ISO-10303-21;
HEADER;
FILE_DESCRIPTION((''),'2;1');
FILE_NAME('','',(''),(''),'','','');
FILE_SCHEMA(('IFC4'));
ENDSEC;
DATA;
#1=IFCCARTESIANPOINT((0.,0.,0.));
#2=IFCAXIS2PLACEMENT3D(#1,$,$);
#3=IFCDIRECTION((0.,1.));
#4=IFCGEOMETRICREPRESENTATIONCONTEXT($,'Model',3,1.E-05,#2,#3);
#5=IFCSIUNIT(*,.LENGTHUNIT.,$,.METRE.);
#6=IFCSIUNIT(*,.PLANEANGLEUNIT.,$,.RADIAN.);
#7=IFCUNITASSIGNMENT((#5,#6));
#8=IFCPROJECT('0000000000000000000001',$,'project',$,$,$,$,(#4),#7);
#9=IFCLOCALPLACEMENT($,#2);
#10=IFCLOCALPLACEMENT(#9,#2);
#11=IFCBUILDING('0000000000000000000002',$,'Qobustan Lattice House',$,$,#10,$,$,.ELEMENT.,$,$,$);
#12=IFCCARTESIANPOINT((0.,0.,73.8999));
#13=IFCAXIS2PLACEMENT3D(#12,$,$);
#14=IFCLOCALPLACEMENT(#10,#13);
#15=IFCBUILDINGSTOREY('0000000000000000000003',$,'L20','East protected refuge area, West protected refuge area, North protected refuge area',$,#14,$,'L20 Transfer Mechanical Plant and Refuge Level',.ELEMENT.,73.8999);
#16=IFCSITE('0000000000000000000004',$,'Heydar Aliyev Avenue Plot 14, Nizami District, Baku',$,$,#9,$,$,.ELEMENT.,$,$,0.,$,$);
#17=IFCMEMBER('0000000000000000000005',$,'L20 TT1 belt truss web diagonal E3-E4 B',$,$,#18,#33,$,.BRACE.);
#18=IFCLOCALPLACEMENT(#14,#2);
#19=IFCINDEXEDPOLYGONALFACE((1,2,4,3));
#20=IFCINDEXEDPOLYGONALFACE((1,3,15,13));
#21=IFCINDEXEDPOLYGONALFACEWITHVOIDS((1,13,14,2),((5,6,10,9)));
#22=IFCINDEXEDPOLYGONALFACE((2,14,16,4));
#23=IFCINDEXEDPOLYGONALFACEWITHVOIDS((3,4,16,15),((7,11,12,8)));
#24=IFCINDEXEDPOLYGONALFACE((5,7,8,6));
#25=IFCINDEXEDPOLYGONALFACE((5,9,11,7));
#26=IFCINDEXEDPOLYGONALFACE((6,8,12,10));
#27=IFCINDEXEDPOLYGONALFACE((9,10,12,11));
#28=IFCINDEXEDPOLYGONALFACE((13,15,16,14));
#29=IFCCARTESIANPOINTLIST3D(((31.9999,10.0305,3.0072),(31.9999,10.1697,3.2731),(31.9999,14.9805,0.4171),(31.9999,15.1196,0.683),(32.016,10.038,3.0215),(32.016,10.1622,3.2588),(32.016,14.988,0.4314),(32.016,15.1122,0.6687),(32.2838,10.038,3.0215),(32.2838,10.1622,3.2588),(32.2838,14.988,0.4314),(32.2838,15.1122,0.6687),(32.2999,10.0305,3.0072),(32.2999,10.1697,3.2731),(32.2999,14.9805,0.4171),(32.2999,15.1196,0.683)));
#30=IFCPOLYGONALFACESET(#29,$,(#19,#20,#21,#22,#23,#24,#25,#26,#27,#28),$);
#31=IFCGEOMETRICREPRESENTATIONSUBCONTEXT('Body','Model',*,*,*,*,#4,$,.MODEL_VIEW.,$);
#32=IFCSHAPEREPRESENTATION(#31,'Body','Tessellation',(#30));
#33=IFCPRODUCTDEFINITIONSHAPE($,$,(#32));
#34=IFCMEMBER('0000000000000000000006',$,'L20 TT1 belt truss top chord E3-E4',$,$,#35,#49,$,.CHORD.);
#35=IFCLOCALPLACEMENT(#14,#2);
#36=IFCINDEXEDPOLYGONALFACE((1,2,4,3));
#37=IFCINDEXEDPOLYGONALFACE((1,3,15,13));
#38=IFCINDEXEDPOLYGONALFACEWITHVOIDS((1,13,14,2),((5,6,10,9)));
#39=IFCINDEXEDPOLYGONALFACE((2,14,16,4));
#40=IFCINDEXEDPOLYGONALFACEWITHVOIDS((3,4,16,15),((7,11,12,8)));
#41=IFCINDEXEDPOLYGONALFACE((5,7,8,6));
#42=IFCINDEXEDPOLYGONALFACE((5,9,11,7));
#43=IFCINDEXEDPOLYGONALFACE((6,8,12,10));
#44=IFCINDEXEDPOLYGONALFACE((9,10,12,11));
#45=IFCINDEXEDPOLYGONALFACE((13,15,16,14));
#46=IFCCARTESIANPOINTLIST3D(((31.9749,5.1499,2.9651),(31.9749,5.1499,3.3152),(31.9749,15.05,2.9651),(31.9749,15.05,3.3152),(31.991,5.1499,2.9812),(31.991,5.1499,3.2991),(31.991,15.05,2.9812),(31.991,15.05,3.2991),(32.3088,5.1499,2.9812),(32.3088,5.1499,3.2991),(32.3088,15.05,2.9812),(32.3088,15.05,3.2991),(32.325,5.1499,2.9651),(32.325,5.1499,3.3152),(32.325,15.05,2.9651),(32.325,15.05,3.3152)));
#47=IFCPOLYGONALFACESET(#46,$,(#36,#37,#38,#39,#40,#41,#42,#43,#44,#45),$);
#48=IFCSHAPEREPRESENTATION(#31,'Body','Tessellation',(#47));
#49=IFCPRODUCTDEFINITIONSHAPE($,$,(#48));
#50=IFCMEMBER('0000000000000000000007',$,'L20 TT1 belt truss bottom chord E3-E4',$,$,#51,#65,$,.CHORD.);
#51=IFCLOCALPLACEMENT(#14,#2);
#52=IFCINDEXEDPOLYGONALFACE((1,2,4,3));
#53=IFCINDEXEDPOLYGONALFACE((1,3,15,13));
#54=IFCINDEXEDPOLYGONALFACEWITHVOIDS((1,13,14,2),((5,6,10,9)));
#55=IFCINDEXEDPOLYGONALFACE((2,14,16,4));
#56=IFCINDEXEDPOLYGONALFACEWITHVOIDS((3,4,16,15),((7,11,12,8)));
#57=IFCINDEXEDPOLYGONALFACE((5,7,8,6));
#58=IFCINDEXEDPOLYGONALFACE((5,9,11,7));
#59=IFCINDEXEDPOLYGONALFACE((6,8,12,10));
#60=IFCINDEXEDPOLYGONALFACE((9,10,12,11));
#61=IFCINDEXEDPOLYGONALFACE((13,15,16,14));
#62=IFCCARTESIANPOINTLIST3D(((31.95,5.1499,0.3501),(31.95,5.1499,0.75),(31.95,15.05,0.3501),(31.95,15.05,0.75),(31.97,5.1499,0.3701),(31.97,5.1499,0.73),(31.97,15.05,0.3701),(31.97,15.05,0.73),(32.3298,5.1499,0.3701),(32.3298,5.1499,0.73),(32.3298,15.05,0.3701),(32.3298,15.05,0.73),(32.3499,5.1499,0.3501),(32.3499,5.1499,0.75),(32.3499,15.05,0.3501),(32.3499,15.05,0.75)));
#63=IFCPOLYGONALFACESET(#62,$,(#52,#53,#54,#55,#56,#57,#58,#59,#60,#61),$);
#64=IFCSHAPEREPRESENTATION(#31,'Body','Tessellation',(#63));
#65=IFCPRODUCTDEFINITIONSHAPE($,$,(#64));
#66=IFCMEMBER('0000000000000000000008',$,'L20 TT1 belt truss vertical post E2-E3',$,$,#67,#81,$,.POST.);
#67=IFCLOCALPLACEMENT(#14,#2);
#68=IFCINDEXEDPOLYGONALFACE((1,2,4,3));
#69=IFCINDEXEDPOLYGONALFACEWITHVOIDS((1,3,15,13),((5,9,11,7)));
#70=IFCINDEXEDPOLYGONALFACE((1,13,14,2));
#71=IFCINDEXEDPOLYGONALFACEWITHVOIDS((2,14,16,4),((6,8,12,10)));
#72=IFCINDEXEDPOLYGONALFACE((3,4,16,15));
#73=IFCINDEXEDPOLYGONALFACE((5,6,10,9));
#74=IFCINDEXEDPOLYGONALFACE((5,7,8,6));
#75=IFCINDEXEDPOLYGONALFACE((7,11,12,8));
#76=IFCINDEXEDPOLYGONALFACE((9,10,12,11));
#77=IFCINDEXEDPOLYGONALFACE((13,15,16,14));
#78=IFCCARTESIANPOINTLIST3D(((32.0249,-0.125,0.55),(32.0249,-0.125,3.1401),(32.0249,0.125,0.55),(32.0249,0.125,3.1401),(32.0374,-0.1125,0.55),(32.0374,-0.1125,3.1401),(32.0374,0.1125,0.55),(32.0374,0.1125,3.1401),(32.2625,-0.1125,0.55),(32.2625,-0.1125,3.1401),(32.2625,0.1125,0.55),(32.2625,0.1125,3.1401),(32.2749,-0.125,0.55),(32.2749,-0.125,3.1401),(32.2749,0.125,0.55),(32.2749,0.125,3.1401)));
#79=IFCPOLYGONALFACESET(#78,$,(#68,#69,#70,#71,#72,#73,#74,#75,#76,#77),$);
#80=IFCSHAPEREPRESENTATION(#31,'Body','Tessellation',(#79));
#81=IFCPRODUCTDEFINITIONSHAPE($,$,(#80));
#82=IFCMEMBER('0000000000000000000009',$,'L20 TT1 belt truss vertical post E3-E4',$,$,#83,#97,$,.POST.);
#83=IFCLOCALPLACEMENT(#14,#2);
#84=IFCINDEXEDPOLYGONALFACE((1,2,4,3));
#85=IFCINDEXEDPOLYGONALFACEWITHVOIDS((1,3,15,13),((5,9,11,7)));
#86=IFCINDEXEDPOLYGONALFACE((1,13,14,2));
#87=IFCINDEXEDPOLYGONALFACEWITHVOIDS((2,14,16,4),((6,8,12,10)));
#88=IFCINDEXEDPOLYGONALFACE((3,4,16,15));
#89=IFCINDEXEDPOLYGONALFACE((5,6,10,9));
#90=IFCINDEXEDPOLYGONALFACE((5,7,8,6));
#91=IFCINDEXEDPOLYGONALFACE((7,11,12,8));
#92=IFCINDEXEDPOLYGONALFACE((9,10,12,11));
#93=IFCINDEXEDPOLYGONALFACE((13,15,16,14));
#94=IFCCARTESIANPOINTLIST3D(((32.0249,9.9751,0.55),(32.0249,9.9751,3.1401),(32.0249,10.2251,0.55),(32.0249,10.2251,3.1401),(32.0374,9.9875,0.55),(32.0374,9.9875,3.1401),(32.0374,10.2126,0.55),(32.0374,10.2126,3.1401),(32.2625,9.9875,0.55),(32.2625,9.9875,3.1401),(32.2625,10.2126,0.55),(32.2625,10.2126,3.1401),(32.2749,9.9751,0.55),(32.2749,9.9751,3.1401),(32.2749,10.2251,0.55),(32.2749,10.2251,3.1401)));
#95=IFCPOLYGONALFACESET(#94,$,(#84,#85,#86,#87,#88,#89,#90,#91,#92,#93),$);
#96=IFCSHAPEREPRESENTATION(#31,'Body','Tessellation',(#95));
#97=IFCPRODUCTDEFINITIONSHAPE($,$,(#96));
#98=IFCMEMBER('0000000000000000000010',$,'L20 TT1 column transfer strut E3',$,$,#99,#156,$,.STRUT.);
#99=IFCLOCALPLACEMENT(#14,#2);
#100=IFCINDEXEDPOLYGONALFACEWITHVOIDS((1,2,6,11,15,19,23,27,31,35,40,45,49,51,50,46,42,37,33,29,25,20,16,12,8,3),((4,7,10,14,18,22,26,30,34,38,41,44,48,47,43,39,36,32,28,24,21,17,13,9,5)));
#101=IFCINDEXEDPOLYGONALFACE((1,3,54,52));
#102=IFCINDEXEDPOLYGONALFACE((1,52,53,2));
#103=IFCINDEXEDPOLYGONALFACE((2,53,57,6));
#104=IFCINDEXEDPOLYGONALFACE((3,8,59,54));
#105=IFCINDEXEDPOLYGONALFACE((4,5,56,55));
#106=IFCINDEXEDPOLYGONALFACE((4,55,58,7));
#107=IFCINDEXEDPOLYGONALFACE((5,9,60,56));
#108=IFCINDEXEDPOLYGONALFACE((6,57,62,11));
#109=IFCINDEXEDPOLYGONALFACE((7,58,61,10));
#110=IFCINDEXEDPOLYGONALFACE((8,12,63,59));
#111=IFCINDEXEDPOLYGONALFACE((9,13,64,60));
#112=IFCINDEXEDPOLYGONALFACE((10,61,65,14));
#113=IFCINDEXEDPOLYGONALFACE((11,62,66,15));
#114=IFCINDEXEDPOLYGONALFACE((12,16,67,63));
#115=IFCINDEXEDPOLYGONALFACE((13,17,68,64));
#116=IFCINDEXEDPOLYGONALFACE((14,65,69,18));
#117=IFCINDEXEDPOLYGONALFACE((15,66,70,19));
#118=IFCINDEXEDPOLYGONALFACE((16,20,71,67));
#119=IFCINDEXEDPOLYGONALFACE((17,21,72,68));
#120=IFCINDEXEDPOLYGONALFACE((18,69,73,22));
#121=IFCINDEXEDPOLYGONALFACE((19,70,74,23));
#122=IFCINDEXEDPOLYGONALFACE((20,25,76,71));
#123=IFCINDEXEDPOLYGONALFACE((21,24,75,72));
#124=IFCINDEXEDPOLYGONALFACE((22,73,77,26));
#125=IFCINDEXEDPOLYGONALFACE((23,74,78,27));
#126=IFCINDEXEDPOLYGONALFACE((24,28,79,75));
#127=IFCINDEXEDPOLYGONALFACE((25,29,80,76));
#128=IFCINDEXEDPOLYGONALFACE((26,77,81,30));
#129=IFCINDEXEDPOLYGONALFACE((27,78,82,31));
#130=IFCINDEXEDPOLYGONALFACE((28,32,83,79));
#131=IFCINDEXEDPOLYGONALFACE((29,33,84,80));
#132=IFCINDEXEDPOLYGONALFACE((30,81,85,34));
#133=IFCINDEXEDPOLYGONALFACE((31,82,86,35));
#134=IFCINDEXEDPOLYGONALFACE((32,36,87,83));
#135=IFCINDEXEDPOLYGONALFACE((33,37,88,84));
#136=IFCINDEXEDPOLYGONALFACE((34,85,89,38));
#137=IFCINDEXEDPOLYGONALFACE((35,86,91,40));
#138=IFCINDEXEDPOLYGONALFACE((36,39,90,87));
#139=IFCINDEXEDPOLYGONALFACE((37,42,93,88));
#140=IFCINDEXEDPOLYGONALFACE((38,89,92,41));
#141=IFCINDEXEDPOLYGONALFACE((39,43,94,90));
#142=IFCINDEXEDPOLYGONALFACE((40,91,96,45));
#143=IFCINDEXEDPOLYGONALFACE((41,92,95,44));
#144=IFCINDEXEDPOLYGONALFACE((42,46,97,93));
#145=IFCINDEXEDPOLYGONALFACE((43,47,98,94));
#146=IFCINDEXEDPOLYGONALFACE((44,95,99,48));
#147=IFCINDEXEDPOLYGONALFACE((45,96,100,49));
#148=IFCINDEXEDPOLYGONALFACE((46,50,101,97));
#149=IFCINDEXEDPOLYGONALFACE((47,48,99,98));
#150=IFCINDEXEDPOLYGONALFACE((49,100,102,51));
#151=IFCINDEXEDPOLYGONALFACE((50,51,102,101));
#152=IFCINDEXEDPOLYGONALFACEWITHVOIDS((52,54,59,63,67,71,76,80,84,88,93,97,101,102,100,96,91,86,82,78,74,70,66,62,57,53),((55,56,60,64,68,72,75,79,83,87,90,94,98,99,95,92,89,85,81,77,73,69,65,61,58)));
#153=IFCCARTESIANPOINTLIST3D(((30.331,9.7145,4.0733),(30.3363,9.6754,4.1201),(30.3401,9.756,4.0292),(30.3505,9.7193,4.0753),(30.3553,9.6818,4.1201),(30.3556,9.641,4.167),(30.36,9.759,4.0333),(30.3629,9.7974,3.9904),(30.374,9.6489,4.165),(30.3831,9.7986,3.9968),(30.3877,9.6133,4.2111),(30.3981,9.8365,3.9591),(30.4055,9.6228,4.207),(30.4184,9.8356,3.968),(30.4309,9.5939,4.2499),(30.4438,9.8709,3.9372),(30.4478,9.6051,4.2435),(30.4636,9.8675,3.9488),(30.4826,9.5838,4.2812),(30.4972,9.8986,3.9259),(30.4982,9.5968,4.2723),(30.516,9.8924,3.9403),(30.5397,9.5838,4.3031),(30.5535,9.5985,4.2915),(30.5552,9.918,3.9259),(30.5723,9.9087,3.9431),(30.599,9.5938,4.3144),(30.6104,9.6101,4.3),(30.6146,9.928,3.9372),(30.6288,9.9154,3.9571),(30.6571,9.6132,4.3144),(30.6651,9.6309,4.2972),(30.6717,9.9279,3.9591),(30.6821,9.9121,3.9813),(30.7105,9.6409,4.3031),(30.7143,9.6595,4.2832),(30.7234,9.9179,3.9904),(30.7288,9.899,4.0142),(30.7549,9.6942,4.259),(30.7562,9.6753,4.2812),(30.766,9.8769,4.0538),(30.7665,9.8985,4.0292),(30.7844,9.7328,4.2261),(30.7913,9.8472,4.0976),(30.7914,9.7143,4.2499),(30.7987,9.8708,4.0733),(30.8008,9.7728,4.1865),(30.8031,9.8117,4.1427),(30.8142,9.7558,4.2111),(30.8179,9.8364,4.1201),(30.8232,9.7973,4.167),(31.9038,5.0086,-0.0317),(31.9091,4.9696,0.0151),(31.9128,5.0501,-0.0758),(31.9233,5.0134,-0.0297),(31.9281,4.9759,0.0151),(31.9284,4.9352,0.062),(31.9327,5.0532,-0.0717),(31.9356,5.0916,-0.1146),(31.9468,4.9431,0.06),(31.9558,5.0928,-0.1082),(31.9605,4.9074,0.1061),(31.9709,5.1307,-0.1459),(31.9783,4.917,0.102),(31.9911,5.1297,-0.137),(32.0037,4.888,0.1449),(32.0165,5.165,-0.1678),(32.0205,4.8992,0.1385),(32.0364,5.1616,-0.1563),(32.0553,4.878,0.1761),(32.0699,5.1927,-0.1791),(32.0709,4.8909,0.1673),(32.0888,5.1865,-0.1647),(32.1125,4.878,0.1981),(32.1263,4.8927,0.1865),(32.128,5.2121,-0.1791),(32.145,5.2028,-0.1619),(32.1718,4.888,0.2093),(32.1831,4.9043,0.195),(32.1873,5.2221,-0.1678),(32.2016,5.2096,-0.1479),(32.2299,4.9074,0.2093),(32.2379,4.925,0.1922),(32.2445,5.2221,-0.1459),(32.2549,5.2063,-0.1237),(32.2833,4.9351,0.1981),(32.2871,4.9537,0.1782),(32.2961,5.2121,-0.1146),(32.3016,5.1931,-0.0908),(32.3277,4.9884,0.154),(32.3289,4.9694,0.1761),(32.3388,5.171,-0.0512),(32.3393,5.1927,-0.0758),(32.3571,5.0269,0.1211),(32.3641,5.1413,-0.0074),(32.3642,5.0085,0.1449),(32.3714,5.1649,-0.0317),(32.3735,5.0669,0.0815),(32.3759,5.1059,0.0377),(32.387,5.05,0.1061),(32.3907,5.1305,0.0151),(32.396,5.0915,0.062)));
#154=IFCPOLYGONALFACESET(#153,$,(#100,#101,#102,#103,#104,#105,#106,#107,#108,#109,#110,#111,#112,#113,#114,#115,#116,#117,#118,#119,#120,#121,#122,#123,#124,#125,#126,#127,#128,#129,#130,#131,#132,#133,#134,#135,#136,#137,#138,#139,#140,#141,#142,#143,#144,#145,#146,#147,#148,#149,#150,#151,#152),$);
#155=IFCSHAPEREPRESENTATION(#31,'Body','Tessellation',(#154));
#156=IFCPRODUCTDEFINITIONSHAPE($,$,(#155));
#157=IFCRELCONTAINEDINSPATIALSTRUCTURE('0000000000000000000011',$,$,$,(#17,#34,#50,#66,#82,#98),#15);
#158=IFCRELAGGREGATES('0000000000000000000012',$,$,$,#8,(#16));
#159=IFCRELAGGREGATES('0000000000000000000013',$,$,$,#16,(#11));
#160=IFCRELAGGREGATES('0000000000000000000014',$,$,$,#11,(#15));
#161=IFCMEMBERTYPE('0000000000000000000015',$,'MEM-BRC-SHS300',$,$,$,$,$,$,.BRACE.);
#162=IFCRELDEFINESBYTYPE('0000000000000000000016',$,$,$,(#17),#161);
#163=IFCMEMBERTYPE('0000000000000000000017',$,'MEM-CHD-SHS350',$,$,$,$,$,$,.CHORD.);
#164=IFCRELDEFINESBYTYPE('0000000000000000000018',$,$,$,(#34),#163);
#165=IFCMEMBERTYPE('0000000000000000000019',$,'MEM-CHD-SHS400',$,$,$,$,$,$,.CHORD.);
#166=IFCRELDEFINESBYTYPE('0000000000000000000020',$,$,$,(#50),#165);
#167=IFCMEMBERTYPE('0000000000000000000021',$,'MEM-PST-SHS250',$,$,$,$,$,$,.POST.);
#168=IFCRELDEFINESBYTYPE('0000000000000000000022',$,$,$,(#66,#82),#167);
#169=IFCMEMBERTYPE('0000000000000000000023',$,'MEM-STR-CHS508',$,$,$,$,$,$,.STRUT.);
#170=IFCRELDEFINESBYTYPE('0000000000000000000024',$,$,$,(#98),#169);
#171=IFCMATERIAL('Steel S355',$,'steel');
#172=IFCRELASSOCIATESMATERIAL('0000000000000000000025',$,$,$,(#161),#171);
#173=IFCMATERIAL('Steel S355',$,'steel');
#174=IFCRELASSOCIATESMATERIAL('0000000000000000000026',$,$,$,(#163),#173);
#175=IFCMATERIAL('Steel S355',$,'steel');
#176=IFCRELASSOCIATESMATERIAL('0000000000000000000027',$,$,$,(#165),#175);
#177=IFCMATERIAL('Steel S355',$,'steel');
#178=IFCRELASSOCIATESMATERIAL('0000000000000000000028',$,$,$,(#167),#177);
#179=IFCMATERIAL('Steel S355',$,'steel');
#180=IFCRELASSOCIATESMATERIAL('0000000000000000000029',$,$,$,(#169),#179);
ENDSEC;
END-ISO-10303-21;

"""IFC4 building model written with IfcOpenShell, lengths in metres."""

from ifc_helpers import new_model, si_unit, direction, frame, origin, origin_2d, place, context, subcontext, project, spatial, hollow_rectangle, hollow_circle, extrude, material, material_profile, profile_set, type_object, element, save


model = new_model("IFC4")

# Units and contexts
model_context = context("Model", 3, precision=1e-05, world=origin(), true_north=direction((0.0, 1.0)))
body_context = subcontext(model_context, "Body", "Model", "MODEL_VIEW")
ifc_project = project(units=[si_unit("LENGTHUNIT", "METRE"), si_unit("PLANEANGLEUNIT", "RADIAN")], contexts=[model_context])

# Site, building, storey
site_placement = place(None, origin())
site = spatial("IfcSite", under=ifc_project, at=site_placement, Name="Heydar Aliyev Avenue Plot 14, Nizami District, Baku", CompositionType="ELEMENT", RefElevation=0.0)
building_placement = place(site_placement, origin())
building = spatial("IfcBuilding", under=site, at=building_placement, Name="Qobustan Lattice House", CompositionType="ELEMENT")
storey_placement = place(building_placement, frame((0.0, 0.0, 73.8999)))
storey = spatial("IfcBuildingStorey", under=building, at=storey_placement, Name="L20", Description="East protected refuge area, West protected refuge area, North protected refuge area", LongName="L20 Transfer Mechanical Plant and Refuge Level", CompositionType="ELEMENT", Elevation=73.8999)

# Members
ifc_material_1 = material(Name="Steel S355", Category="steel")
ifc_material_profile_1 = material_profile(ifc_material_1, hollow_rectangle(XDim=0.3, YDim=0.3, WallThickness=0.0161, at=origin_2d()), Name="SHS300x300x16")
ifc_profile_set_1 = profile_set([ifc_material_profile_1], Name="Steel S355")
member_type_1 = type_object("IfcMemberType", Name="MEM-BRC-SHS300", PredefinedType="BRACE", material=ifc_profile_set_1)
member_1_placement = place(storey_placement, frame((32.1499, 10.1001, 3.1401), z_axis=(0.0, 0.886033, -0.463622), x_axis=(-1.0, 0.0, 0.0)))
element("IfcMember", 1, at=member_1_placement, inside=storey, type_object=member_type_1, Name="L20 TT1 belt truss web diagonal E3-E4 B", PredefinedType="BRACE", context=body_context, shape_type="SweptSolid", body=[
    extrude(hollow_rectangle(XDim=0.3, YDim=0.3, WallThickness=0.0161, at=origin_2d()), origin(), (0.0, 0.0, 1.0), 5.5867),
])
ifc_material_2 = material(Name="Steel S355", Category="steel")
ifc_material_profile_2 = material_profile(ifc_material_2, hollow_rectangle(XDim=0.3501, YDim=0.3501, WallThickness=0.0161, at=origin_2d()), Name="SHS350x350x16")
ifc_profile_set_2 = profile_set([ifc_material_profile_2], Name="Steel S355")
member_type_2 = type_object("IfcMemberType", Name="MEM-CHD-SHS350", PredefinedType="CHORD", material=ifc_profile_set_2)
member_2_placement = place(storey_placement, frame((32.1499, 5.1499, 3.1401), z_axis=(0.0, 1.0, 0.0), x_axis=(-1.0, 0.0, 0.0)))
element("IfcMember", 2, at=member_2_placement, inside=storey, type_object=member_type_2, Name="L20 TT1 belt truss top chord E3-E4", PredefinedType="CHORD", context=body_context, shape_type="SweptSolid", body=[
    extrude(hollow_rectangle(XDim=0.3501, YDim=0.3501, WallThickness=0.0161, at=origin_2d()), origin(), (0.0, 0.0, 1.0), 9.9001),
])
ifc_material_3 = material(Name="Steel S355", Category="steel")
ifc_material_profile_3 = material_profile(ifc_material_3, hollow_rectangle(XDim=0.3999, YDim=0.3999, WallThickness=0.02, at=origin_2d()), Name="SHS400x400x20")
ifc_profile_set_3 = profile_set([ifc_material_profile_3], Name="Steel S355")
member_type_3 = type_object("IfcMemberType", Name="MEM-CHD-SHS400", PredefinedType="CHORD", material=ifc_profile_set_3)
member_3_placement = place(storey_placement, frame((32.1499, 5.1499, 0.55), z_axis=(0.0, 1.0, 0.0), x_axis=(-1.0, 0.0, 0.0)))
element("IfcMember", 3, at=member_3_placement, inside=storey, type_object=member_type_3, Name="L20 TT1 belt truss bottom chord E3-E4", PredefinedType="CHORD", context=body_context, shape_type="SweptSolid", body=[
    extrude(hollow_rectangle(XDim=0.3999, YDim=0.3999, WallThickness=0.02, at=origin_2d()), origin(), (0.0, 0.0, 1.0), 9.9001),
])
ifc_material_4 = material(Name="Steel S355", Category="steel")
ifc_material_profile_4 = material_profile(ifc_material_4, hollow_rectangle(XDim=0.25, YDim=0.25, WallThickness=0.0125, at=origin_2d()), Name="SHS250x250x12.5")
ifc_profile_set_4 = profile_set([ifc_material_profile_4], Name="Steel S355")
member_type_4 = type_object("IfcMemberType", Name="MEM-PST-SHS250", PredefinedType="POST", material=ifc_profile_set_4)
for number, where, z_axis, x_axis, name in (
    (4, (32.1499, 0.0, 0.55), (0.0, 0.0, 1.0), (1.0, 0.0, 0.0), "L20 TT1 belt truss vertical post E2-E3"),
    (5, (32.1499, 10.1001, 0.55), (0.0, 0.0, 1.0), (1.0, 0.0, 0.0), "L20 TT1 belt truss vertical post E3-E4"),
):
    element("IfcMember", number, at=place(storey_placement, frame(where, z_axis=z_axis, x_axis=x_axis)), inside=storey, type_object=member_type_4, Name=name, PredefinedType="POST", context=body_context, shape_type="SweptSolid", body=[
        extrude(hollow_rectangle(XDim=0.25, YDim=0.25, WallThickness=0.0125, at=origin_2d()), origin(), (0.0, 0.0, 1.0), 2.5901),
    ])
ifc_material_5 = material(Name="Steel S355", Category="steel")
ifc_material_profile_5 = material_profile(ifc_material_5, hollow_circle(Radius=0.2539, WallThickness=0.02, at=origin_2d()), Name="CHS508x20")
ifc_profile_set_5 = profile_set([ifc_material_profile_5], Name="Steel S355")
member_type_5 = type_object("IfcMemberType", Name="MEM-STR-CHS508", PredefinedType="STRUT", material=ifc_profile_set_5)
member_4_placement = place(storey_placement, frame((32.1499, 5.05, 0.0151), z_axis=(-0.24423, 0.730756, 0.637454), x_axis=(-0.948432, -0.316981, 0.0)))
element("IfcMember", 6, at=member_4_placement, inside=storey, type_object=member_type_5, Name="L20 TT1 column transfer strut E3", PredefinedType="STRUT", context=body_context, shape_type="SweptSolid", body=[
    extrude(hollow_circle(Radius=0.2539, WallThickness=0.02, at=origin_2d()), origin(), (0.0, 0.0, 1.0), 6.4397),
])

save(model, "model.ifc")
